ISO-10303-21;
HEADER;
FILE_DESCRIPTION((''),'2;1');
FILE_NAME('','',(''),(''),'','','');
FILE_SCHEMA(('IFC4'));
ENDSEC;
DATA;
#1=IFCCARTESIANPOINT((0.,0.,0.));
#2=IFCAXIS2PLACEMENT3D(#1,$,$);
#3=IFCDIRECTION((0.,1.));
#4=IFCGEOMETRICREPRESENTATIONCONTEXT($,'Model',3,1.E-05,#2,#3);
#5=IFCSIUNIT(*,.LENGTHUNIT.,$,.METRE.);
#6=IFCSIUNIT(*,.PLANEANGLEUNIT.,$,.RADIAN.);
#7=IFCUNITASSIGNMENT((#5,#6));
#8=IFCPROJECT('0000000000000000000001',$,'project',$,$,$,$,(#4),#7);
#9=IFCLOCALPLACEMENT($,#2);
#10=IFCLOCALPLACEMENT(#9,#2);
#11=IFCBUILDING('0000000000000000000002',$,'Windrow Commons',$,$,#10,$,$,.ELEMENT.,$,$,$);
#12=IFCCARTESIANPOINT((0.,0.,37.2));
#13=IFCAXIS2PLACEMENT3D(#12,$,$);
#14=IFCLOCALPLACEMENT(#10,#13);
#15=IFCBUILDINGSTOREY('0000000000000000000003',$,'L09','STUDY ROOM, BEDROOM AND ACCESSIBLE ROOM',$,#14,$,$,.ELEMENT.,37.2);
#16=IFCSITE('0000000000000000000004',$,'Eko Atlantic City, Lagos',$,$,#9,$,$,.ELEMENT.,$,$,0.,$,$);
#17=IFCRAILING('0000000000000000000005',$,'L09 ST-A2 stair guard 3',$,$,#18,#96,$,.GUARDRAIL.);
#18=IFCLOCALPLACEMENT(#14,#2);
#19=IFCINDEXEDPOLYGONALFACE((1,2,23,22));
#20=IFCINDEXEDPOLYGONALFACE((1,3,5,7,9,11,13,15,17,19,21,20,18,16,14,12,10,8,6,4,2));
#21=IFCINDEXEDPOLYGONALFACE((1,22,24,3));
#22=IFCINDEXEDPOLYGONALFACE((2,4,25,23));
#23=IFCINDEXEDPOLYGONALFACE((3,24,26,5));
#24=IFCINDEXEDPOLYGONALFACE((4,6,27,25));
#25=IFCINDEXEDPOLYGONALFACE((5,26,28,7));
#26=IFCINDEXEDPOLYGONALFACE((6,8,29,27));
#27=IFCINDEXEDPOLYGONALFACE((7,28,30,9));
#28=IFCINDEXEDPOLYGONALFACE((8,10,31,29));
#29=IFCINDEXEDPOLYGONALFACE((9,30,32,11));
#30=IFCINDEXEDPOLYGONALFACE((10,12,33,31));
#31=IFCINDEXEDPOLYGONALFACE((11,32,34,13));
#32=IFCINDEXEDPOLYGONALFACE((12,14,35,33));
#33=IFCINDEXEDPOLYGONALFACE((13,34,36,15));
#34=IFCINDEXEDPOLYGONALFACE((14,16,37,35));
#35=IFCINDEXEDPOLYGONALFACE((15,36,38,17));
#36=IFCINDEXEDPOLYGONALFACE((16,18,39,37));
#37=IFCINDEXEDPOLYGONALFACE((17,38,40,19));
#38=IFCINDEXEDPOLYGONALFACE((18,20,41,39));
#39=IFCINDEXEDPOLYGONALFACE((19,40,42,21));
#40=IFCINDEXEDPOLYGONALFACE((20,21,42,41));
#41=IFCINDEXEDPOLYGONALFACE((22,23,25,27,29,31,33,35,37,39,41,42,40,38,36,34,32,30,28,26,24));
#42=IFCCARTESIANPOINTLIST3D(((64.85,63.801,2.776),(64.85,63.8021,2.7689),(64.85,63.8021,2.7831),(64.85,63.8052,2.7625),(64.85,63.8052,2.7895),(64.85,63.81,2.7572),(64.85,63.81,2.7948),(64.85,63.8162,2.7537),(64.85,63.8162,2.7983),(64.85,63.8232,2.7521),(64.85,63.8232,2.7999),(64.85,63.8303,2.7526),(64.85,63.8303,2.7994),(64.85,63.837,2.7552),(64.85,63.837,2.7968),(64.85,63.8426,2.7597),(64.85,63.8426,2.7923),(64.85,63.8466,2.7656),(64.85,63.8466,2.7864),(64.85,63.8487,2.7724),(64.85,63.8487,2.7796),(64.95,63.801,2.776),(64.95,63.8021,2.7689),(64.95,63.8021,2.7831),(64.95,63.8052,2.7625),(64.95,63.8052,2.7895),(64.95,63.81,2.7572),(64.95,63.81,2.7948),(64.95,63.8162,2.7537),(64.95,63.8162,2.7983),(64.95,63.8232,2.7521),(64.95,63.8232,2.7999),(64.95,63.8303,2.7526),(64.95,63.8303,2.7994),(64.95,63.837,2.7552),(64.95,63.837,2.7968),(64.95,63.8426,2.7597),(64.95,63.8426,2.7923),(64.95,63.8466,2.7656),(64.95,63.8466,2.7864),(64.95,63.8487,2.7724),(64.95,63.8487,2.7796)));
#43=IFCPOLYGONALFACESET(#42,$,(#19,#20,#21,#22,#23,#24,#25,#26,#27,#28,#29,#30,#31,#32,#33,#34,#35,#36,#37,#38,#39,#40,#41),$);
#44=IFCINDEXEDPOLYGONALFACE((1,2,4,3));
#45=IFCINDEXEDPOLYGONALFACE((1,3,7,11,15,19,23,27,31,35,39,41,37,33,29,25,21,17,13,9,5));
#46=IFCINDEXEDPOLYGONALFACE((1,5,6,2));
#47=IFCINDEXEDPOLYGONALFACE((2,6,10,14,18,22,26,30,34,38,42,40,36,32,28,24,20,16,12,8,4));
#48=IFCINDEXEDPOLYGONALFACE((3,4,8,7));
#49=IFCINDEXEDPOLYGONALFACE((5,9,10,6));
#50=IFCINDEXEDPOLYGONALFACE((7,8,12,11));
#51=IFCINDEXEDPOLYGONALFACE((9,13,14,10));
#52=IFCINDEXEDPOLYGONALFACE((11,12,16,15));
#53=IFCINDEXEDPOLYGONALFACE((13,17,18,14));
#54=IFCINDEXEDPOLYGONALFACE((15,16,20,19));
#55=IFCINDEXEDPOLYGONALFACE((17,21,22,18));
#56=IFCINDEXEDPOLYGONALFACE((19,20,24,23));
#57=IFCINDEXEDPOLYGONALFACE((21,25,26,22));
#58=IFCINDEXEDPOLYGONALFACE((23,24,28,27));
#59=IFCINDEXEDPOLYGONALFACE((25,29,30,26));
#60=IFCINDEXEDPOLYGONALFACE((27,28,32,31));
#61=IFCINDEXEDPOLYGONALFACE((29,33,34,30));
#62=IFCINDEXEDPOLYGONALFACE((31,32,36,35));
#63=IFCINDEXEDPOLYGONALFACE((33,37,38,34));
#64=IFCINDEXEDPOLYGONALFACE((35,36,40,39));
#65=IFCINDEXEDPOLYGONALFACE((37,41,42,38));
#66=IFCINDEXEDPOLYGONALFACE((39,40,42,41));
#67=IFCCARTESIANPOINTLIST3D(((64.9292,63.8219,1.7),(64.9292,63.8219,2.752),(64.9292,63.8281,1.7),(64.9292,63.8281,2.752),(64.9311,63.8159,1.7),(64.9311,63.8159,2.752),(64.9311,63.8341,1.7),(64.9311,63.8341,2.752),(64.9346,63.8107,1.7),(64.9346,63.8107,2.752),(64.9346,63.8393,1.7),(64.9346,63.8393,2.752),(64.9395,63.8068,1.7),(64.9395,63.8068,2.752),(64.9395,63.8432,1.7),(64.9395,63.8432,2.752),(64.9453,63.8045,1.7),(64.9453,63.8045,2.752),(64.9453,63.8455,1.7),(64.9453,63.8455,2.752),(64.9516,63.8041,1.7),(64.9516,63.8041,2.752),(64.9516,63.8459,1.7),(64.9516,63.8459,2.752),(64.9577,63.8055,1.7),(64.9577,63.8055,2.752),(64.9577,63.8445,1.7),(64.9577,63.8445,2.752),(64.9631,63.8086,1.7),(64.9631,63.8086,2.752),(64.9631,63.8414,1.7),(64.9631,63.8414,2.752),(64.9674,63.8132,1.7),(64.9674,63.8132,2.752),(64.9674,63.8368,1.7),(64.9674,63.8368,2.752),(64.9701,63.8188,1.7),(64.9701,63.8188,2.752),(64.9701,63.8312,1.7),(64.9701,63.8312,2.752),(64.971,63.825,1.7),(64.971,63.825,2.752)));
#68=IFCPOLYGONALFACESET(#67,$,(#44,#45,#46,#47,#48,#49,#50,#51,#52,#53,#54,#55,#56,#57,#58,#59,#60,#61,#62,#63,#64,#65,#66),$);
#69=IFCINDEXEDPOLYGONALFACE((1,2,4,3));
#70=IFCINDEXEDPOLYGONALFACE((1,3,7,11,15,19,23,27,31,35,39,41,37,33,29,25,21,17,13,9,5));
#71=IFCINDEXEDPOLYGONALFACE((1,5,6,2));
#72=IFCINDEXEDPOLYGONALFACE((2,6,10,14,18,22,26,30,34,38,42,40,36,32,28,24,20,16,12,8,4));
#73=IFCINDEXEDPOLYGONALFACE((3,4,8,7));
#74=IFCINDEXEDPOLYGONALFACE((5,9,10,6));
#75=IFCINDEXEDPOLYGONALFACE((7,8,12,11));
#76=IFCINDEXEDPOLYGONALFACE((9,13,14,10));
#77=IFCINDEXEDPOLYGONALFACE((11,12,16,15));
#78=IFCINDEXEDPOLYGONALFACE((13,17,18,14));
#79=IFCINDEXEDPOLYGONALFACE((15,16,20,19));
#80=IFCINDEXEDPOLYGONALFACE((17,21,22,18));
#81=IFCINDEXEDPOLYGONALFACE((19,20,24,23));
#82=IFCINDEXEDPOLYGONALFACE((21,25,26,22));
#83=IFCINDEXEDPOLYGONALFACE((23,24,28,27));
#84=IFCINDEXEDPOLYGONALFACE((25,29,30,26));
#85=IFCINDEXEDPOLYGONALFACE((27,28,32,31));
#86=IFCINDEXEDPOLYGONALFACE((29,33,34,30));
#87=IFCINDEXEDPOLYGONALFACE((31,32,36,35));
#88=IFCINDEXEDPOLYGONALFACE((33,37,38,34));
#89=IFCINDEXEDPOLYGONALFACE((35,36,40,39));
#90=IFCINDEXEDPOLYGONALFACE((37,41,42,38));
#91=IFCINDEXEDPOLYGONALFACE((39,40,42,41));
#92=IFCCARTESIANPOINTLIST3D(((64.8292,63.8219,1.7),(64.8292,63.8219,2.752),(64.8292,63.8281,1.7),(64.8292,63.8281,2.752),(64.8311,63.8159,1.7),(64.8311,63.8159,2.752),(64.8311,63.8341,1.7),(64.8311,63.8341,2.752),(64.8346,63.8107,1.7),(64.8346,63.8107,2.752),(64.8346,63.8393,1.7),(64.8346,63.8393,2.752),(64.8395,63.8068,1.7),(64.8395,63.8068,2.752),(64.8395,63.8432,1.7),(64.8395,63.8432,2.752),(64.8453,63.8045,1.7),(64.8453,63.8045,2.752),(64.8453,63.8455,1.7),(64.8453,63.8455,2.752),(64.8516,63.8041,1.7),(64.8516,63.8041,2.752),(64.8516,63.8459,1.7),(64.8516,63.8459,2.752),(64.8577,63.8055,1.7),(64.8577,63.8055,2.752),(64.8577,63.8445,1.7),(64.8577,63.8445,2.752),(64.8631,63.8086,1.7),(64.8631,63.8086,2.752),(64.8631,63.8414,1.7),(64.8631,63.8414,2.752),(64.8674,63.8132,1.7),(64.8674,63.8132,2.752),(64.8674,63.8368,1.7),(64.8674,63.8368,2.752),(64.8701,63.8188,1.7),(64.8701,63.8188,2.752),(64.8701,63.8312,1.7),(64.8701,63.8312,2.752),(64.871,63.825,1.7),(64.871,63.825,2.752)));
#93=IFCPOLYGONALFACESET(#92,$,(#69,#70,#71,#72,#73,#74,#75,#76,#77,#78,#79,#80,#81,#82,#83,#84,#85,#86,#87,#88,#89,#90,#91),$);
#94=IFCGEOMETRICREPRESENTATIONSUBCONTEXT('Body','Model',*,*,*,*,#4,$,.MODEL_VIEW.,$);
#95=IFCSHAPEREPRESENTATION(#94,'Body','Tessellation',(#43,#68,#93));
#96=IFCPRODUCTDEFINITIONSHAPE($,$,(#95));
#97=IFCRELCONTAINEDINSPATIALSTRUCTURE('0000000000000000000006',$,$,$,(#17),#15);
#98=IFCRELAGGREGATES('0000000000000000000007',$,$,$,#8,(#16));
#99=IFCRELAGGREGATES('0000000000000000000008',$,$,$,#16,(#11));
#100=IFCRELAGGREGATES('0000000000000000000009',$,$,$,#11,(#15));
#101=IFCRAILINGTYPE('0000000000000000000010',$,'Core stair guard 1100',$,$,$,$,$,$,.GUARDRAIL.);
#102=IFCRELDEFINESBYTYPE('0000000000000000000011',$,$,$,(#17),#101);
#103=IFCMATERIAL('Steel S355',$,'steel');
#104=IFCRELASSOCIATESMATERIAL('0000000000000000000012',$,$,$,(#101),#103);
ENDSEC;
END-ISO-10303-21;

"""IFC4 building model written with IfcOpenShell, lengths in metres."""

from ifc_helpers import new_model, si_unit, direction, frame, origin, origin_2d, place, context, subcontext, project, spatial, circle, extrude, material, type_object, element, save


model = new_model("IFC4")

# Units and contexts
model_context = context("Model", 3, precision=1e-05, world=origin(), true_north=direction((0.0, 1.0)))
body_context = subcontext(model_context, "Body", "Model", "MODEL_VIEW")
ifc_project = project(units=[si_unit("LENGTHUNIT", "METRE"), si_unit("PLANEANGLEUNIT", "RADIAN")], contexts=[model_context])

# Site, building, storey
site_placement = place(None, origin())
site = spatial("IfcSite", under=ifc_project, at=site_placement, Name="Eko Atlantic City, Lagos", CompositionType="ELEMENT", RefElevation=0.0)
building_placement = place(site_placement, origin())
building = spatial("IfcBuilding", under=site, at=building_placement, Name="Windrow Commons", CompositionType="ELEMENT")
storey_placement = place(building_placement, frame((0.0, 0.0, 37.2)))
storey = spatial("IfcBuildingStorey", under=building, at=storey_placement, Name="L09", Description="STUDY ROOM, BEDROOM AND ACCESSIBLE ROOM", CompositionType="ELEMENT", Elevation=37.2)

# Railing
ifc_material_1 = material(Name="Steel S355", Category="steel")
railing_type_1 = type_object("IfcRailingType", Name="Core stair guard 1100", PredefinedType="GUARDRAIL", material=ifc_material_1)
railing_1_placement = place(storey_placement, frame((64.95, 63.825, 1.7)))
element("IfcRailing", 1, at=railing_1_placement, inside=storey, type_object=railing_type_1, Name="L09 ST-A2 stair guard 3", PredefinedType="GUARDRAIL", context=body_context, shape_type="SweptSolid", body=[
    extrude(circle(Radius=0.024, at=origin_2d()), frame((0.0, 0.0, 1.076), z_axis=(-1.0, 0.0, 0.0), x_axis=(0.0, -1.0, 0.0)), (0.0, 0.0, 1.0), 0.1),
    extrude(circle(Radius=0.021, at=origin_2d()), origin(), (0.0, 0.0, 1.0), 1.052),
    extrude(circle(Radius=0.021, at=origin_2d()), frame((-0.1, 0.0, 0.0)), (0.0, 0.0, 1.0), 1.052),
])

save(model, "model.ifc")
